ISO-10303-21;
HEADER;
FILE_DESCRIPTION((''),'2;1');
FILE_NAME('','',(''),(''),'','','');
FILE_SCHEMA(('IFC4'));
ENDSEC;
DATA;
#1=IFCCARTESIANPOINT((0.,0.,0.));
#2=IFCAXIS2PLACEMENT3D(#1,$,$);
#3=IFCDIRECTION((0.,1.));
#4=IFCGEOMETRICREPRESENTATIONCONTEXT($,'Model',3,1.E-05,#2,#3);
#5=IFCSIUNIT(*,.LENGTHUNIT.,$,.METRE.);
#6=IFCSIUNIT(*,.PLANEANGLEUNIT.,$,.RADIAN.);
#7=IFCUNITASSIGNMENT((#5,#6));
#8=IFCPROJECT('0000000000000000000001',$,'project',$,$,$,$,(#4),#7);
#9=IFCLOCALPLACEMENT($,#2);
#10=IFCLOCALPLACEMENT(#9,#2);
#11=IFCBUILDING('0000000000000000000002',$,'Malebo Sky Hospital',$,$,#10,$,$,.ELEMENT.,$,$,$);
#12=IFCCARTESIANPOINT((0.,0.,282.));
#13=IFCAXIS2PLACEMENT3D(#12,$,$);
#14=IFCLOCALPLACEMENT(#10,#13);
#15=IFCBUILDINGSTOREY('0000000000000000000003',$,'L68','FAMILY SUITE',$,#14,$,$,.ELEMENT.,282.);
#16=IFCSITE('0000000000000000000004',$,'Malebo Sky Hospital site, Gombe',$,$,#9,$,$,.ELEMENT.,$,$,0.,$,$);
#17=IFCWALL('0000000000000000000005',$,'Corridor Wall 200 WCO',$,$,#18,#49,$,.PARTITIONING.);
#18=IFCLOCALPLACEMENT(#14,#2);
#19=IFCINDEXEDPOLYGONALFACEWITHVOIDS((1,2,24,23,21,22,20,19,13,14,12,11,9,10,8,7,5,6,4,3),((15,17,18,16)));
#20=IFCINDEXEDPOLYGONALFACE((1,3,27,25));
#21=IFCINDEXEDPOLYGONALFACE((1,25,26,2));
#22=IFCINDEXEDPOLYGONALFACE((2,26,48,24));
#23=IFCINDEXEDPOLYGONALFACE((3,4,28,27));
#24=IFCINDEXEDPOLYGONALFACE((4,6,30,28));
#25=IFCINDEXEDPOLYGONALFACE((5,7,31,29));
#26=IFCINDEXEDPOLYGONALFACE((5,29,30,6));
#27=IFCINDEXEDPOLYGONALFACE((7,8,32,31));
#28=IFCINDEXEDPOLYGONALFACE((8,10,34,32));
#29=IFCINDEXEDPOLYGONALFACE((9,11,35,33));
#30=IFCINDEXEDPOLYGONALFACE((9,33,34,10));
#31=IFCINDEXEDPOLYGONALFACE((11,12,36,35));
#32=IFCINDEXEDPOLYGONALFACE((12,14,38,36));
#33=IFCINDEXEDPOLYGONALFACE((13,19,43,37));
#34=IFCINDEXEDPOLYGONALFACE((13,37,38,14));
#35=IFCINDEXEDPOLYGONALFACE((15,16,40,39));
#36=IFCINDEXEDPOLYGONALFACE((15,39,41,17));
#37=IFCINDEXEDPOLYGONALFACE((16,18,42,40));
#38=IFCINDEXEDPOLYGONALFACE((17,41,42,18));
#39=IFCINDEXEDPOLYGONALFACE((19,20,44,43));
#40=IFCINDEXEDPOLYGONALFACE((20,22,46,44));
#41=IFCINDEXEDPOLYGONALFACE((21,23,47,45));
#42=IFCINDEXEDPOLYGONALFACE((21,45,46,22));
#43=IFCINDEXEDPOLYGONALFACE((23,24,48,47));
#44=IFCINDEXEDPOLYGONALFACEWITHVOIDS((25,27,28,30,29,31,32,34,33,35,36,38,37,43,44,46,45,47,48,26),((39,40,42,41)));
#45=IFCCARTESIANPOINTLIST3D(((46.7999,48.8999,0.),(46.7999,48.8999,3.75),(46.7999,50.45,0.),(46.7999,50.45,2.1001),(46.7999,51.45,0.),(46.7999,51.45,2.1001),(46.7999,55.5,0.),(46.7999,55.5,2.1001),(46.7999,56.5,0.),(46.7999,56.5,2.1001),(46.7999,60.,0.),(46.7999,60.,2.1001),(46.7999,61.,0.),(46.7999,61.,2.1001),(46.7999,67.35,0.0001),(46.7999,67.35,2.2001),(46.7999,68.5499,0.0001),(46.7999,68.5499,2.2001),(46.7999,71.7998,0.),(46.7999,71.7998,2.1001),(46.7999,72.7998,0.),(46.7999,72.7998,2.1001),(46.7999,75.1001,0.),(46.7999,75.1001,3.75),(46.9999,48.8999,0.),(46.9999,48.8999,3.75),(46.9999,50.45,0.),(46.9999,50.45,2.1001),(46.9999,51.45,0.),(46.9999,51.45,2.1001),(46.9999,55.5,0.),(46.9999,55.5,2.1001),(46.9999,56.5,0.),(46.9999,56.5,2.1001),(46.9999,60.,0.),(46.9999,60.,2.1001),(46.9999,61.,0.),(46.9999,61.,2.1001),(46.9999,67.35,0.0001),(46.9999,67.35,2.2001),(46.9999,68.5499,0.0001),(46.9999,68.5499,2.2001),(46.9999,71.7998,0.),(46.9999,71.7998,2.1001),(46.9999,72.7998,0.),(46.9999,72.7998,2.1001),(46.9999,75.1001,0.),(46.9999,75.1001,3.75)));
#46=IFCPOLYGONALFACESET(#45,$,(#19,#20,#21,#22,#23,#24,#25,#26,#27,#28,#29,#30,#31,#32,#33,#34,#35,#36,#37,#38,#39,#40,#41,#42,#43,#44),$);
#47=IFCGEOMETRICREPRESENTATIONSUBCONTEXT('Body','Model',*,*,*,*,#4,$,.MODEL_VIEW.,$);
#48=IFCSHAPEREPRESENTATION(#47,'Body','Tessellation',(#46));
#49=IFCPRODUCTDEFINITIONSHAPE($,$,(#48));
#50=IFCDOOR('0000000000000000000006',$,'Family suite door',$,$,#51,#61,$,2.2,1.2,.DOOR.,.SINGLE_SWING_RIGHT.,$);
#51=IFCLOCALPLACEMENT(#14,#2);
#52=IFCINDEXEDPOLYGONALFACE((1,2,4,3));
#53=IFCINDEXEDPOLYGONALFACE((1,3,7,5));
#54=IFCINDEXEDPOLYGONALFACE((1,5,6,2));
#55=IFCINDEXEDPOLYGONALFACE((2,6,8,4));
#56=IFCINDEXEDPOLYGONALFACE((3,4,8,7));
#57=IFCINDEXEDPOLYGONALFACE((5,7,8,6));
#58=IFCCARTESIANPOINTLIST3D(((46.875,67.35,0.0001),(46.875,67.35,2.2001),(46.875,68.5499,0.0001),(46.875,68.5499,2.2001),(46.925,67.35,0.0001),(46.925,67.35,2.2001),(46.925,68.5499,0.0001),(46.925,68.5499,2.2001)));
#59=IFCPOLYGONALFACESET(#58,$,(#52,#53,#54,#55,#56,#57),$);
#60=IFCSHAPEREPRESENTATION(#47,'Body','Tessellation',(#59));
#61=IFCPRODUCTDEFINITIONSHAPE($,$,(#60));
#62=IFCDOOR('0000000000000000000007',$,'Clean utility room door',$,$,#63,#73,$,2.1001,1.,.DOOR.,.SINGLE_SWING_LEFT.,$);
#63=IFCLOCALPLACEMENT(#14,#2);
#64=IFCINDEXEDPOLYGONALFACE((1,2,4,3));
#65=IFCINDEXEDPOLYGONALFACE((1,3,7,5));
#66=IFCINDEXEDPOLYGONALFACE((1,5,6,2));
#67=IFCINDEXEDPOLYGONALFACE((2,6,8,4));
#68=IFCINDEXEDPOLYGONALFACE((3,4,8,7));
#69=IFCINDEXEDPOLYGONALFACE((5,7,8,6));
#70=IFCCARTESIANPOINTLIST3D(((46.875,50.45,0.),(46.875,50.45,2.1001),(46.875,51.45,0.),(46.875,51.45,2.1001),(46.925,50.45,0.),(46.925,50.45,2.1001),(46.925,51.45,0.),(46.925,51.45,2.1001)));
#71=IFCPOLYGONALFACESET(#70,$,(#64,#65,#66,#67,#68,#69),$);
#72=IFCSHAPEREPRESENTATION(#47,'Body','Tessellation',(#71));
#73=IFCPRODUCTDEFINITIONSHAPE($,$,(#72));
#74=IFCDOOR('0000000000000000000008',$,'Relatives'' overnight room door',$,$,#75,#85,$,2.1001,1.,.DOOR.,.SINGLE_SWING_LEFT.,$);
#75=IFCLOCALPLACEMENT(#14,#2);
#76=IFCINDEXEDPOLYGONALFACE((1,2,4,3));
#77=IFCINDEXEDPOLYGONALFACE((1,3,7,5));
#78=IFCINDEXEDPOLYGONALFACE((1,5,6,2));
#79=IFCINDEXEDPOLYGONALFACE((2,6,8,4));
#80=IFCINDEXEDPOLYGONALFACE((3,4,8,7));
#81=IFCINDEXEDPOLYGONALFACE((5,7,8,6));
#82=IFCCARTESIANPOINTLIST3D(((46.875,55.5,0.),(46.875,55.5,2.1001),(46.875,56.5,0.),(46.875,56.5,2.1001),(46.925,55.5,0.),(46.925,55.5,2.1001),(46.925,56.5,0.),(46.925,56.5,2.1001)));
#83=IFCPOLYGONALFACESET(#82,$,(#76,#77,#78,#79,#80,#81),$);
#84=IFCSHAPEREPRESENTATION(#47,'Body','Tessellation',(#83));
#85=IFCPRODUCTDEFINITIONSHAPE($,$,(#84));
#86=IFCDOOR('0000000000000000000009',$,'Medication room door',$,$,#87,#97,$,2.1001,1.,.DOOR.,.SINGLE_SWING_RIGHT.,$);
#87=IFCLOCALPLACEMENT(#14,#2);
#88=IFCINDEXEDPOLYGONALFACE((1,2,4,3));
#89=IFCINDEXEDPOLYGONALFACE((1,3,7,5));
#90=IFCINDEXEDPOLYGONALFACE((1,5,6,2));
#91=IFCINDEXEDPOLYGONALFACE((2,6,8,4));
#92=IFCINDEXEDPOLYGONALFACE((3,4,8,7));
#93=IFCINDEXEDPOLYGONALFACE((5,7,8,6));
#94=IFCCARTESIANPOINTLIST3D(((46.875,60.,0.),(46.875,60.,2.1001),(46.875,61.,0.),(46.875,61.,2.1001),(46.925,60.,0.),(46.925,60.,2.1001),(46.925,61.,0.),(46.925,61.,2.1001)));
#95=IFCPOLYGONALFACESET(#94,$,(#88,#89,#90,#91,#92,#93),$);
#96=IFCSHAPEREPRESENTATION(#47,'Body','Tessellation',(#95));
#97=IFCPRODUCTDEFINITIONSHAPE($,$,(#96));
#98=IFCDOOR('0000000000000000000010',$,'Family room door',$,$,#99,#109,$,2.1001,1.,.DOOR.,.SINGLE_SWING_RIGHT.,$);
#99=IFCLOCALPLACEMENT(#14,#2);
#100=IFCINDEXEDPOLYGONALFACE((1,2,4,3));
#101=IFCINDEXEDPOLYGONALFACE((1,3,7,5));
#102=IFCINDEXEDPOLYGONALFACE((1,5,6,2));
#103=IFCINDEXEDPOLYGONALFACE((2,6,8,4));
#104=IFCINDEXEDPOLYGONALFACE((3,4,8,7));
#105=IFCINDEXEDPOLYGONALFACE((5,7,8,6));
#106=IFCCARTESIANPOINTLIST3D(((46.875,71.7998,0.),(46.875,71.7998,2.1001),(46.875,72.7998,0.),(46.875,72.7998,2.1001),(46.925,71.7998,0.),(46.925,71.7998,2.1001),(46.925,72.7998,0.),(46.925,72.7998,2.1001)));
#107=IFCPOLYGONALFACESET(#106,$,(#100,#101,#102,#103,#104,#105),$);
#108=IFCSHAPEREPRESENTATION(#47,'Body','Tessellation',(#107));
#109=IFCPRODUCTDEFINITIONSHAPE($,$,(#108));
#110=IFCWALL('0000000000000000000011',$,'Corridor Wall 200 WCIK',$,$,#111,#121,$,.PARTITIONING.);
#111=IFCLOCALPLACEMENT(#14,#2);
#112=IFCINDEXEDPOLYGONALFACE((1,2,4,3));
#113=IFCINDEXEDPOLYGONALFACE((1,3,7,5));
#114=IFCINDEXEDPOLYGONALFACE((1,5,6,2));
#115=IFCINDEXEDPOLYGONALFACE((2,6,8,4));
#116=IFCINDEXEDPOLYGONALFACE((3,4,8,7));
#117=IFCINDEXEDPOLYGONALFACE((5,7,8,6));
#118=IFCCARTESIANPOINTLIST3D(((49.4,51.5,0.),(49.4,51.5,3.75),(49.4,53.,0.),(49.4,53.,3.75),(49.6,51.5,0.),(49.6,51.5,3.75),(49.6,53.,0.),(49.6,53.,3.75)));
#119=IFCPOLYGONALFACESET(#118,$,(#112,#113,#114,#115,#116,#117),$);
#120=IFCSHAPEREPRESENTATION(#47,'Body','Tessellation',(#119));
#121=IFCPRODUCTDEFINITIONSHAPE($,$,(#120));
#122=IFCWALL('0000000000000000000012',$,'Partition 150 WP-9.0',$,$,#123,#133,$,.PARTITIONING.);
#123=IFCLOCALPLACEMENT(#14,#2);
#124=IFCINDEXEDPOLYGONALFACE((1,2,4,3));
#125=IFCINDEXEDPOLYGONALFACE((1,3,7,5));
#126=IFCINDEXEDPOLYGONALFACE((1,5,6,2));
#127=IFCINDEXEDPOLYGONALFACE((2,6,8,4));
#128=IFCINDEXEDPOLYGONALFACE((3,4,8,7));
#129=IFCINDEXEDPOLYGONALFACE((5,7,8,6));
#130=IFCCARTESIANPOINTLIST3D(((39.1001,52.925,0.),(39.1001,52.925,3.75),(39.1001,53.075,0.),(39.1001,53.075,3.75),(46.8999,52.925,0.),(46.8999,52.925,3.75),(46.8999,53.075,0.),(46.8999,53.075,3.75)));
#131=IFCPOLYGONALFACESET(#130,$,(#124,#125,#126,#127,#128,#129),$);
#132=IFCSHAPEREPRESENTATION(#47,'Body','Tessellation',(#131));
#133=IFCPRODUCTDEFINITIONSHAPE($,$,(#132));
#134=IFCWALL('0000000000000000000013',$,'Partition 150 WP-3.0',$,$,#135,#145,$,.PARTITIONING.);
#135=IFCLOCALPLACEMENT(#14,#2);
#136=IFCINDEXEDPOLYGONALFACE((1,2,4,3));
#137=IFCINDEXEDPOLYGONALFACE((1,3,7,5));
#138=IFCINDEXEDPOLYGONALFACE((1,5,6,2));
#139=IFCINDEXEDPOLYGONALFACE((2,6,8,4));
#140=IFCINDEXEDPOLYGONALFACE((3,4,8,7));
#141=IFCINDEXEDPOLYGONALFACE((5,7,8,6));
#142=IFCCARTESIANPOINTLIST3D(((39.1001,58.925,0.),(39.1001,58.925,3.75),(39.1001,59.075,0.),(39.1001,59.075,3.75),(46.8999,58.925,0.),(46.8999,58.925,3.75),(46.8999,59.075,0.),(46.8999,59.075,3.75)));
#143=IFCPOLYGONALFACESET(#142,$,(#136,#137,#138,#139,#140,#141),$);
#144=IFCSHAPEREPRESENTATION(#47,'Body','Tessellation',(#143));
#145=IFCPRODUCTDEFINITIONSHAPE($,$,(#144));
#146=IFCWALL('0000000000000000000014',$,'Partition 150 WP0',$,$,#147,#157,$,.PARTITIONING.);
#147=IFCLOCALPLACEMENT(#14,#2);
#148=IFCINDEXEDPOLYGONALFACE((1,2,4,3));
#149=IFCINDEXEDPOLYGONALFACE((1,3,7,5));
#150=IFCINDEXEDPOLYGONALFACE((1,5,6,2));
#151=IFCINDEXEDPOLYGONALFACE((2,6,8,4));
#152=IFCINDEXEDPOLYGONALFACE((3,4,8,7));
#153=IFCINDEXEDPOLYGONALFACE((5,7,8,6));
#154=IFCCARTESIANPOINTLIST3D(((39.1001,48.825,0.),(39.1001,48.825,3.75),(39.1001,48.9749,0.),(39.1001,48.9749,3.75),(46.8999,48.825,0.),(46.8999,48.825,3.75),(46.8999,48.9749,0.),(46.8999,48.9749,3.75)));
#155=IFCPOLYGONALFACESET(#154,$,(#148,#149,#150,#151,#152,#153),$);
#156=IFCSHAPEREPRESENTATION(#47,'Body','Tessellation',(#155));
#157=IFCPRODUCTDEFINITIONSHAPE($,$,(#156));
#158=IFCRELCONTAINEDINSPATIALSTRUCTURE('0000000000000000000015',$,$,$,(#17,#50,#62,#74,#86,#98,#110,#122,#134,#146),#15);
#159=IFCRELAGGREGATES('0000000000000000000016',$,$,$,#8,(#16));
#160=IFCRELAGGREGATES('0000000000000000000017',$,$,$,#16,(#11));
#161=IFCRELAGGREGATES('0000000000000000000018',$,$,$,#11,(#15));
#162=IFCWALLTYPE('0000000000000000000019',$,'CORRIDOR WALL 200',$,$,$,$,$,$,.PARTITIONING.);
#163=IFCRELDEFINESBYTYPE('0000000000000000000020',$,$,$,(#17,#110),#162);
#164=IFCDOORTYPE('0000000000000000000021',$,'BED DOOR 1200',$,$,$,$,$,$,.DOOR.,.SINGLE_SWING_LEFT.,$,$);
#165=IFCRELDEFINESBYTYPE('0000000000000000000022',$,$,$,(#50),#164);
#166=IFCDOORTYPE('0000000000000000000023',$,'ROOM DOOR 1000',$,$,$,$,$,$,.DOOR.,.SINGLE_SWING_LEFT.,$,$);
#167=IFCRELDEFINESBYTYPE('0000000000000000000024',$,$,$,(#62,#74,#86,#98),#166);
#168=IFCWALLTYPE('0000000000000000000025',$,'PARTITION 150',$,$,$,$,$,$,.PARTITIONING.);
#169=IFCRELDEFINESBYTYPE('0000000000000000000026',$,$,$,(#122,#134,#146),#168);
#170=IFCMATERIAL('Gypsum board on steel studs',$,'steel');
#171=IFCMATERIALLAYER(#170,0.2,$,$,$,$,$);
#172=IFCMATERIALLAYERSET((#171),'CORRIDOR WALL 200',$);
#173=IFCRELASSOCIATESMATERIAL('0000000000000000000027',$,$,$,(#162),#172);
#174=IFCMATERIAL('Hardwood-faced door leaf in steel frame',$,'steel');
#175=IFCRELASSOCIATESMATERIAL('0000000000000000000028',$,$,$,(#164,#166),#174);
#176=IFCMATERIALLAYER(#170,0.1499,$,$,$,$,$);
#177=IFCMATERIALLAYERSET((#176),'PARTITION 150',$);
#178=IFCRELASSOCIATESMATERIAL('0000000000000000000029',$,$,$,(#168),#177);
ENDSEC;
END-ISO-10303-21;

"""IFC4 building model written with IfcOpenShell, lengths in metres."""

from ifc_helpers import new_model, si_unit, direction, frame, frame_2d, origin, place, context, subcontext, project, spatial, rectangle, extrude, material, layer, layer_set, type_object, element, fill, save


model = new_model("IFC4")

# Units and contexts
model_context = context("Model", 3, precision=1e-05, world=origin(), true_north=direction((0.0, 1.0)))
body_context = subcontext(model_context, "Body", "Model", "MODEL_VIEW")
ifc_project = project(units=[si_unit("LENGTHUNIT", "METRE"), si_unit("PLANEANGLEUNIT", "RADIAN")], contexts=[model_context])

# Site, building, storey
site_placement = place(None, origin())
site = spatial("IfcSite", under=ifc_project, at=site_placement, Name="Malebo Sky Hospital site, Gombe", CompositionType="ELEMENT", RefElevation=0.0)
building_placement = place(site_placement, origin())
building = spatial("IfcBuilding", under=site, at=building_placement, Name="Malebo Sky Hospital", CompositionType="ELEMENT")
storey_placement = place(building_placement, frame((0.0, 0.0, 282.0)))
storey = spatial("IfcBuildingStorey", under=building, at=storey_placement, Name="L68", Description="FAMILY SUITE", CompositionType="ELEMENT", Elevation=282.0)

# Wall, openings, doors
ifc_material_1 = material(Name="Gypsum board on steel studs", Category="steel")
ifc_layer_1 = layer(ifc_material_1, 0.2)
ifc_layer_set_1 = layer_set([ifc_layer_1], Name="CORRIDOR WALL 200")
wall_type_1 = type_object("IfcWallType", Name="CORRIDOR WALL 200", PredefinedType="PARTITIONING", material=ifc_layer_set_1)
wall_1_placement = place(storey_placement, frame((46.8999, 48.8999, 0.0), z_axis=(0.0, 0.0, 1.0), x_axis=(0.0, 1.0, 0.0)))
wall_1 = element("IfcWall", 1, at=wall_1_placement, inside=storey, type_object=wall_type_1, Name="Corridor Wall 200 WCO", PredefinedType="PARTITIONING", context=body_context, shape_type="SweptSolid", body=[
    extrude(rectangle(XDim=26.2002, YDim=0.2, at=frame_2d((13.1001, 0.0))), origin(), (0.0, 0.0, 1.0), 3.75),
])
opening_1_placement = place(wall_1_placement, frame((1.55, 0.0, 0.0)))
opening_1 = element("IfcOpeningElement", 2, at=opening_1_placement, cuts=wall_1, PredefinedType="OPENING", context=body_context, shape_type="SweptSolid", body=[
    extrude(rectangle(XDim=1.0, YDim=2.1001, at=frame_2d((0.5, 1.05))), frame((0.0, 0.1099, 0.0), z_axis=(0.0, -1.0, 0.0), x_axis=(1.0, 0.0, 0.0)), (0.0, 0.0, 1.0), 0.22),
])
opening_2_placement = place(wall_1_placement, frame((6.6001, 0.0, 0.0)))
opening_2 = element("IfcOpeningElement", 3, at=opening_2_placement, cuts=wall_1, PredefinedType="OPENING", context=body_context, shape_type="SweptSolid", body=[
    extrude(rectangle(XDim=1.0, YDim=2.1001, at=frame_2d((0.5, 1.05))), frame((0.0, 0.1099, 0.0), z_axis=(0.0, -1.0, 0.0), x_axis=(1.0, 0.0, 0.0)), (0.0, 0.0, 1.0), 0.22),
])
opening_3_placement = place(wall_1_placement, frame((11.1001, 0.0, 0.0)))
opening_3 = element("IfcOpeningElement", 4, at=opening_3_placement, cuts=wall_1, PredefinedType="OPENING", context=body_context, shape_type="SweptSolid", body=[
    extrude(rectangle(XDim=1.0, YDim=2.1001, at=frame_2d((0.5, 1.05))), frame((0.0, 0.1099, 0.0), z_axis=(0.0, -1.0, 0.0), x_axis=(1.0, 0.0, 0.0)), (0.0, 0.0, 1.0), 0.22),
])
opening_4_placement = place(wall_1_placement, frame((18.45, 0.0, 0.0)))
opening_4 = element("IfcOpeningElement", 5, at=opening_4_placement, cuts=wall_1, PredefinedType="OPENING", context=body_context, shape_type="SweptSolid", body=[
    extrude(rectangle(XDim=1.2, YDim=2.2, at=frame_2d((0.6001, 1.1001))), frame((0.0, 0.1099, 0.0), z_axis=(0.0, -1.0, 0.0), x_axis=(1.0, 0.0, 0.0)), (0.0, 0.0, 1.0), 0.22),
])
opening_5_placement = place(wall_1_placement, frame((22.8999, 0.0, 0.0)))
opening_5 = element("IfcOpeningElement", 6, at=opening_5_placement, cuts=wall_1, PredefinedType="OPENING", context=body_context, shape_type="SweptSolid", body=[
    extrude(rectangle(XDim=1.0, YDim=2.1001, at=frame_2d((0.5, 1.05))), frame((0.0, 0.1099, 0.0), z_axis=(0.0, -1.0, 0.0), x_axis=(1.0, 0.0, 0.0)), (0.0, 0.0, 1.0), 0.22),
])
ifc_material_2 = material(Name="Hardwood-faced door leaf in steel frame", Category="steel")
door_type_1 = type_object("IfcDoorType", Name="BED DOOR 1200", OperationType="SINGLE_SWING_LEFT", PredefinedType="DOOR", material=ifc_material_2)
door_1_placement = place(opening_4_placement, origin())
door_1 = element("IfcDoor", 7, at=door_1_placement, inside=storey, type_object=door_type_1, Name="Family suite door", OperationType="SINGLE_SWING_RIGHT", OverallHeight=2.2, OverallWidth=1.2, PredefinedType="DOOR", context=body_context, shape_type="SweptSolid", body=[
    extrude(rectangle(XDim=1.2, YDim=2.2, at=frame_2d((0.6001, 1.1001))), frame((0.0, 0.0249, 0.0), z_axis=(0.0, -1.0, 0.0), x_axis=(1.0, 0.0, 0.0)), (0.0, 0.0, 1.0), 0.05),
])
fill(opening_4, door_1)
door_type_2 = type_object("IfcDoorType", Name="ROOM DOOR 1000", OperationType="SINGLE_SWING_LEFT", PredefinedType="DOOR", material=ifc_material_2)
door_2_placement = place(opening_1_placement, origin())
door_2 = element("IfcDoor", 8, at=door_2_placement, inside=storey, type_object=door_type_2, Name="Clean utility room door", OperationType="SINGLE_SWING_LEFT", OverallHeight=2.1001, OverallWidth=1.0, PredefinedType="DOOR", context=body_context, shape_type="SweptSolid", body=[
    extrude(rectangle(XDim=1.0, YDim=2.1001, at=frame_2d((0.5, 1.05))), frame((0.0, 0.0249, 0.0), z_axis=(0.0, -1.0, 0.0), x_axis=(1.0, 0.0, 0.0)), (0.0, 0.0, 1.0), 0.05),
])
fill(opening_1, door_2)
door_3_placement = place(opening_2_placement, origin())
door_3 = element("IfcDoor", 9, at=door_3_placement, inside=storey, type_object=door_type_2, Name="Relatives' overnight room door", OperationType="SINGLE_SWING_LEFT", OverallHeight=2.1001, OverallWidth=1.0, PredefinedType="DOOR", context=body_context, shape_type="SweptSolid", body=[
    extrude(rectangle(XDim=1.0, YDim=2.1001, at=frame_2d((0.5, 1.05))), frame((0.0, 0.0249, 0.0), z_axis=(0.0, -1.0, 0.0), x_axis=(1.0, 0.0, 0.0)), (0.0, 0.0, 1.0), 0.05),
])
fill(opening_2, door_3)
door_4_placement = place(opening_3_placement, origin())
door_4 = element("IfcDoor", 10, at=door_4_placement, inside=storey, type_object=door_type_2, Name="Medication room door", OperationType="SINGLE_SWING_RIGHT", OverallHeight=2.1001, OverallWidth=1.0, PredefinedType="DOOR", context=body_context, shape_type="SweptSolid", body=[
    extrude(rectangle(XDim=1.0, YDim=2.1001, at=frame_2d((0.5, 1.05))), frame((0.0, 0.0249, 0.0), z_axis=(0.0, -1.0, 0.0), x_axis=(1.0, 0.0, 0.0)), (0.0, 0.0, 1.0), 0.05),
])
fill(opening_3, door_4)
door_5_placement = place(opening_5_placement, origin())
door_5 = element("IfcDoor", 11, at=door_5_placement, inside=storey, type_object=door_type_2, Name="Family room door", OperationType="SINGLE_SWING_RIGHT", OverallHeight=2.1001, OverallWidth=1.0, PredefinedType="DOOR", context=body_context, shape_type="SweptSolid", body=[
    extrude(rectangle(XDim=1.0, YDim=2.1001, at=frame_2d((0.5, 1.05))), frame((0.0, 0.0249, 0.0), z_axis=(0.0, -1.0, 0.0), x_axis=(1.0, 0.0, 0.0)), (0.0, 0.0, 1.0), 0.05),
])
fill(opening_5, door_5)

# Walls
wall_2_placement = place(storey_placement, frame((49.5, 51.5, 0.0), z_axis=(0.0, 0.0, 1.0), x_axis=(0.0, 1.0, 0.0)))
element("IfcWall", 12, at=wall_2_placement, inside=storey, type_object=wall_type_1, Name="Corridor Wall 200 WCIK", PredefinedType="PARTITIONING", context=body_context, shape_type="SweptSolid", body=[
    extrude(rectangle(XDim=1.5, YDim=0.2, at=frame_2d((0.75, 0.0))), origin(), (0.0, 0.0, 1.0), 3.75),
])
ifc_layer_2 = layer(ifc_material_1, 0.1499)
ifc_layer_set_2 = layer_set([ifc_layer_2], Name="PARTITION 150")
wall_type_2 = type_object("IfcWallType", Name="PARTITION 150", PredefinedType="PARTITIONING", material=ifc_layer_set_2)
for number, where, z_axis, x_axis, name in (
    (13, (46.8999, 53.0, 0.0), (0.0, 0.0, 1.0), (-1.0, 0.0, 0.0), "Partition 150 WP-9.0"),
    (14, (46.8999, 59.0, 0.0), (0.0, 0.0, 1.0), (-1.0, 0.0, 0.0), "Partition 150 WP-3.0"),
    (15, (46.8999, 48.8999, 0.0), (0.0, 0.0, 1.0), (-1.0, 0.0, 0.0), "Partition 150 WP0"),
):
    element("IfcWall", number, at=place(storey_placement, frame(where, z_axis=z_axis, x_axis=x_axis)), inside=storey, type_object=wall_type_2, Name=name, PredefinedType="PARTITIONING", context=body_context, shape_type="SweptSolid", body=[
        extrude(rectangle(XDim=7.7998, YDim=0.1499, at=frame_2d((3.8999, 0.0))), origin(), (0.0, 0.0, 1.0), 3.75),
    ])

save(model, "model.ifc")
